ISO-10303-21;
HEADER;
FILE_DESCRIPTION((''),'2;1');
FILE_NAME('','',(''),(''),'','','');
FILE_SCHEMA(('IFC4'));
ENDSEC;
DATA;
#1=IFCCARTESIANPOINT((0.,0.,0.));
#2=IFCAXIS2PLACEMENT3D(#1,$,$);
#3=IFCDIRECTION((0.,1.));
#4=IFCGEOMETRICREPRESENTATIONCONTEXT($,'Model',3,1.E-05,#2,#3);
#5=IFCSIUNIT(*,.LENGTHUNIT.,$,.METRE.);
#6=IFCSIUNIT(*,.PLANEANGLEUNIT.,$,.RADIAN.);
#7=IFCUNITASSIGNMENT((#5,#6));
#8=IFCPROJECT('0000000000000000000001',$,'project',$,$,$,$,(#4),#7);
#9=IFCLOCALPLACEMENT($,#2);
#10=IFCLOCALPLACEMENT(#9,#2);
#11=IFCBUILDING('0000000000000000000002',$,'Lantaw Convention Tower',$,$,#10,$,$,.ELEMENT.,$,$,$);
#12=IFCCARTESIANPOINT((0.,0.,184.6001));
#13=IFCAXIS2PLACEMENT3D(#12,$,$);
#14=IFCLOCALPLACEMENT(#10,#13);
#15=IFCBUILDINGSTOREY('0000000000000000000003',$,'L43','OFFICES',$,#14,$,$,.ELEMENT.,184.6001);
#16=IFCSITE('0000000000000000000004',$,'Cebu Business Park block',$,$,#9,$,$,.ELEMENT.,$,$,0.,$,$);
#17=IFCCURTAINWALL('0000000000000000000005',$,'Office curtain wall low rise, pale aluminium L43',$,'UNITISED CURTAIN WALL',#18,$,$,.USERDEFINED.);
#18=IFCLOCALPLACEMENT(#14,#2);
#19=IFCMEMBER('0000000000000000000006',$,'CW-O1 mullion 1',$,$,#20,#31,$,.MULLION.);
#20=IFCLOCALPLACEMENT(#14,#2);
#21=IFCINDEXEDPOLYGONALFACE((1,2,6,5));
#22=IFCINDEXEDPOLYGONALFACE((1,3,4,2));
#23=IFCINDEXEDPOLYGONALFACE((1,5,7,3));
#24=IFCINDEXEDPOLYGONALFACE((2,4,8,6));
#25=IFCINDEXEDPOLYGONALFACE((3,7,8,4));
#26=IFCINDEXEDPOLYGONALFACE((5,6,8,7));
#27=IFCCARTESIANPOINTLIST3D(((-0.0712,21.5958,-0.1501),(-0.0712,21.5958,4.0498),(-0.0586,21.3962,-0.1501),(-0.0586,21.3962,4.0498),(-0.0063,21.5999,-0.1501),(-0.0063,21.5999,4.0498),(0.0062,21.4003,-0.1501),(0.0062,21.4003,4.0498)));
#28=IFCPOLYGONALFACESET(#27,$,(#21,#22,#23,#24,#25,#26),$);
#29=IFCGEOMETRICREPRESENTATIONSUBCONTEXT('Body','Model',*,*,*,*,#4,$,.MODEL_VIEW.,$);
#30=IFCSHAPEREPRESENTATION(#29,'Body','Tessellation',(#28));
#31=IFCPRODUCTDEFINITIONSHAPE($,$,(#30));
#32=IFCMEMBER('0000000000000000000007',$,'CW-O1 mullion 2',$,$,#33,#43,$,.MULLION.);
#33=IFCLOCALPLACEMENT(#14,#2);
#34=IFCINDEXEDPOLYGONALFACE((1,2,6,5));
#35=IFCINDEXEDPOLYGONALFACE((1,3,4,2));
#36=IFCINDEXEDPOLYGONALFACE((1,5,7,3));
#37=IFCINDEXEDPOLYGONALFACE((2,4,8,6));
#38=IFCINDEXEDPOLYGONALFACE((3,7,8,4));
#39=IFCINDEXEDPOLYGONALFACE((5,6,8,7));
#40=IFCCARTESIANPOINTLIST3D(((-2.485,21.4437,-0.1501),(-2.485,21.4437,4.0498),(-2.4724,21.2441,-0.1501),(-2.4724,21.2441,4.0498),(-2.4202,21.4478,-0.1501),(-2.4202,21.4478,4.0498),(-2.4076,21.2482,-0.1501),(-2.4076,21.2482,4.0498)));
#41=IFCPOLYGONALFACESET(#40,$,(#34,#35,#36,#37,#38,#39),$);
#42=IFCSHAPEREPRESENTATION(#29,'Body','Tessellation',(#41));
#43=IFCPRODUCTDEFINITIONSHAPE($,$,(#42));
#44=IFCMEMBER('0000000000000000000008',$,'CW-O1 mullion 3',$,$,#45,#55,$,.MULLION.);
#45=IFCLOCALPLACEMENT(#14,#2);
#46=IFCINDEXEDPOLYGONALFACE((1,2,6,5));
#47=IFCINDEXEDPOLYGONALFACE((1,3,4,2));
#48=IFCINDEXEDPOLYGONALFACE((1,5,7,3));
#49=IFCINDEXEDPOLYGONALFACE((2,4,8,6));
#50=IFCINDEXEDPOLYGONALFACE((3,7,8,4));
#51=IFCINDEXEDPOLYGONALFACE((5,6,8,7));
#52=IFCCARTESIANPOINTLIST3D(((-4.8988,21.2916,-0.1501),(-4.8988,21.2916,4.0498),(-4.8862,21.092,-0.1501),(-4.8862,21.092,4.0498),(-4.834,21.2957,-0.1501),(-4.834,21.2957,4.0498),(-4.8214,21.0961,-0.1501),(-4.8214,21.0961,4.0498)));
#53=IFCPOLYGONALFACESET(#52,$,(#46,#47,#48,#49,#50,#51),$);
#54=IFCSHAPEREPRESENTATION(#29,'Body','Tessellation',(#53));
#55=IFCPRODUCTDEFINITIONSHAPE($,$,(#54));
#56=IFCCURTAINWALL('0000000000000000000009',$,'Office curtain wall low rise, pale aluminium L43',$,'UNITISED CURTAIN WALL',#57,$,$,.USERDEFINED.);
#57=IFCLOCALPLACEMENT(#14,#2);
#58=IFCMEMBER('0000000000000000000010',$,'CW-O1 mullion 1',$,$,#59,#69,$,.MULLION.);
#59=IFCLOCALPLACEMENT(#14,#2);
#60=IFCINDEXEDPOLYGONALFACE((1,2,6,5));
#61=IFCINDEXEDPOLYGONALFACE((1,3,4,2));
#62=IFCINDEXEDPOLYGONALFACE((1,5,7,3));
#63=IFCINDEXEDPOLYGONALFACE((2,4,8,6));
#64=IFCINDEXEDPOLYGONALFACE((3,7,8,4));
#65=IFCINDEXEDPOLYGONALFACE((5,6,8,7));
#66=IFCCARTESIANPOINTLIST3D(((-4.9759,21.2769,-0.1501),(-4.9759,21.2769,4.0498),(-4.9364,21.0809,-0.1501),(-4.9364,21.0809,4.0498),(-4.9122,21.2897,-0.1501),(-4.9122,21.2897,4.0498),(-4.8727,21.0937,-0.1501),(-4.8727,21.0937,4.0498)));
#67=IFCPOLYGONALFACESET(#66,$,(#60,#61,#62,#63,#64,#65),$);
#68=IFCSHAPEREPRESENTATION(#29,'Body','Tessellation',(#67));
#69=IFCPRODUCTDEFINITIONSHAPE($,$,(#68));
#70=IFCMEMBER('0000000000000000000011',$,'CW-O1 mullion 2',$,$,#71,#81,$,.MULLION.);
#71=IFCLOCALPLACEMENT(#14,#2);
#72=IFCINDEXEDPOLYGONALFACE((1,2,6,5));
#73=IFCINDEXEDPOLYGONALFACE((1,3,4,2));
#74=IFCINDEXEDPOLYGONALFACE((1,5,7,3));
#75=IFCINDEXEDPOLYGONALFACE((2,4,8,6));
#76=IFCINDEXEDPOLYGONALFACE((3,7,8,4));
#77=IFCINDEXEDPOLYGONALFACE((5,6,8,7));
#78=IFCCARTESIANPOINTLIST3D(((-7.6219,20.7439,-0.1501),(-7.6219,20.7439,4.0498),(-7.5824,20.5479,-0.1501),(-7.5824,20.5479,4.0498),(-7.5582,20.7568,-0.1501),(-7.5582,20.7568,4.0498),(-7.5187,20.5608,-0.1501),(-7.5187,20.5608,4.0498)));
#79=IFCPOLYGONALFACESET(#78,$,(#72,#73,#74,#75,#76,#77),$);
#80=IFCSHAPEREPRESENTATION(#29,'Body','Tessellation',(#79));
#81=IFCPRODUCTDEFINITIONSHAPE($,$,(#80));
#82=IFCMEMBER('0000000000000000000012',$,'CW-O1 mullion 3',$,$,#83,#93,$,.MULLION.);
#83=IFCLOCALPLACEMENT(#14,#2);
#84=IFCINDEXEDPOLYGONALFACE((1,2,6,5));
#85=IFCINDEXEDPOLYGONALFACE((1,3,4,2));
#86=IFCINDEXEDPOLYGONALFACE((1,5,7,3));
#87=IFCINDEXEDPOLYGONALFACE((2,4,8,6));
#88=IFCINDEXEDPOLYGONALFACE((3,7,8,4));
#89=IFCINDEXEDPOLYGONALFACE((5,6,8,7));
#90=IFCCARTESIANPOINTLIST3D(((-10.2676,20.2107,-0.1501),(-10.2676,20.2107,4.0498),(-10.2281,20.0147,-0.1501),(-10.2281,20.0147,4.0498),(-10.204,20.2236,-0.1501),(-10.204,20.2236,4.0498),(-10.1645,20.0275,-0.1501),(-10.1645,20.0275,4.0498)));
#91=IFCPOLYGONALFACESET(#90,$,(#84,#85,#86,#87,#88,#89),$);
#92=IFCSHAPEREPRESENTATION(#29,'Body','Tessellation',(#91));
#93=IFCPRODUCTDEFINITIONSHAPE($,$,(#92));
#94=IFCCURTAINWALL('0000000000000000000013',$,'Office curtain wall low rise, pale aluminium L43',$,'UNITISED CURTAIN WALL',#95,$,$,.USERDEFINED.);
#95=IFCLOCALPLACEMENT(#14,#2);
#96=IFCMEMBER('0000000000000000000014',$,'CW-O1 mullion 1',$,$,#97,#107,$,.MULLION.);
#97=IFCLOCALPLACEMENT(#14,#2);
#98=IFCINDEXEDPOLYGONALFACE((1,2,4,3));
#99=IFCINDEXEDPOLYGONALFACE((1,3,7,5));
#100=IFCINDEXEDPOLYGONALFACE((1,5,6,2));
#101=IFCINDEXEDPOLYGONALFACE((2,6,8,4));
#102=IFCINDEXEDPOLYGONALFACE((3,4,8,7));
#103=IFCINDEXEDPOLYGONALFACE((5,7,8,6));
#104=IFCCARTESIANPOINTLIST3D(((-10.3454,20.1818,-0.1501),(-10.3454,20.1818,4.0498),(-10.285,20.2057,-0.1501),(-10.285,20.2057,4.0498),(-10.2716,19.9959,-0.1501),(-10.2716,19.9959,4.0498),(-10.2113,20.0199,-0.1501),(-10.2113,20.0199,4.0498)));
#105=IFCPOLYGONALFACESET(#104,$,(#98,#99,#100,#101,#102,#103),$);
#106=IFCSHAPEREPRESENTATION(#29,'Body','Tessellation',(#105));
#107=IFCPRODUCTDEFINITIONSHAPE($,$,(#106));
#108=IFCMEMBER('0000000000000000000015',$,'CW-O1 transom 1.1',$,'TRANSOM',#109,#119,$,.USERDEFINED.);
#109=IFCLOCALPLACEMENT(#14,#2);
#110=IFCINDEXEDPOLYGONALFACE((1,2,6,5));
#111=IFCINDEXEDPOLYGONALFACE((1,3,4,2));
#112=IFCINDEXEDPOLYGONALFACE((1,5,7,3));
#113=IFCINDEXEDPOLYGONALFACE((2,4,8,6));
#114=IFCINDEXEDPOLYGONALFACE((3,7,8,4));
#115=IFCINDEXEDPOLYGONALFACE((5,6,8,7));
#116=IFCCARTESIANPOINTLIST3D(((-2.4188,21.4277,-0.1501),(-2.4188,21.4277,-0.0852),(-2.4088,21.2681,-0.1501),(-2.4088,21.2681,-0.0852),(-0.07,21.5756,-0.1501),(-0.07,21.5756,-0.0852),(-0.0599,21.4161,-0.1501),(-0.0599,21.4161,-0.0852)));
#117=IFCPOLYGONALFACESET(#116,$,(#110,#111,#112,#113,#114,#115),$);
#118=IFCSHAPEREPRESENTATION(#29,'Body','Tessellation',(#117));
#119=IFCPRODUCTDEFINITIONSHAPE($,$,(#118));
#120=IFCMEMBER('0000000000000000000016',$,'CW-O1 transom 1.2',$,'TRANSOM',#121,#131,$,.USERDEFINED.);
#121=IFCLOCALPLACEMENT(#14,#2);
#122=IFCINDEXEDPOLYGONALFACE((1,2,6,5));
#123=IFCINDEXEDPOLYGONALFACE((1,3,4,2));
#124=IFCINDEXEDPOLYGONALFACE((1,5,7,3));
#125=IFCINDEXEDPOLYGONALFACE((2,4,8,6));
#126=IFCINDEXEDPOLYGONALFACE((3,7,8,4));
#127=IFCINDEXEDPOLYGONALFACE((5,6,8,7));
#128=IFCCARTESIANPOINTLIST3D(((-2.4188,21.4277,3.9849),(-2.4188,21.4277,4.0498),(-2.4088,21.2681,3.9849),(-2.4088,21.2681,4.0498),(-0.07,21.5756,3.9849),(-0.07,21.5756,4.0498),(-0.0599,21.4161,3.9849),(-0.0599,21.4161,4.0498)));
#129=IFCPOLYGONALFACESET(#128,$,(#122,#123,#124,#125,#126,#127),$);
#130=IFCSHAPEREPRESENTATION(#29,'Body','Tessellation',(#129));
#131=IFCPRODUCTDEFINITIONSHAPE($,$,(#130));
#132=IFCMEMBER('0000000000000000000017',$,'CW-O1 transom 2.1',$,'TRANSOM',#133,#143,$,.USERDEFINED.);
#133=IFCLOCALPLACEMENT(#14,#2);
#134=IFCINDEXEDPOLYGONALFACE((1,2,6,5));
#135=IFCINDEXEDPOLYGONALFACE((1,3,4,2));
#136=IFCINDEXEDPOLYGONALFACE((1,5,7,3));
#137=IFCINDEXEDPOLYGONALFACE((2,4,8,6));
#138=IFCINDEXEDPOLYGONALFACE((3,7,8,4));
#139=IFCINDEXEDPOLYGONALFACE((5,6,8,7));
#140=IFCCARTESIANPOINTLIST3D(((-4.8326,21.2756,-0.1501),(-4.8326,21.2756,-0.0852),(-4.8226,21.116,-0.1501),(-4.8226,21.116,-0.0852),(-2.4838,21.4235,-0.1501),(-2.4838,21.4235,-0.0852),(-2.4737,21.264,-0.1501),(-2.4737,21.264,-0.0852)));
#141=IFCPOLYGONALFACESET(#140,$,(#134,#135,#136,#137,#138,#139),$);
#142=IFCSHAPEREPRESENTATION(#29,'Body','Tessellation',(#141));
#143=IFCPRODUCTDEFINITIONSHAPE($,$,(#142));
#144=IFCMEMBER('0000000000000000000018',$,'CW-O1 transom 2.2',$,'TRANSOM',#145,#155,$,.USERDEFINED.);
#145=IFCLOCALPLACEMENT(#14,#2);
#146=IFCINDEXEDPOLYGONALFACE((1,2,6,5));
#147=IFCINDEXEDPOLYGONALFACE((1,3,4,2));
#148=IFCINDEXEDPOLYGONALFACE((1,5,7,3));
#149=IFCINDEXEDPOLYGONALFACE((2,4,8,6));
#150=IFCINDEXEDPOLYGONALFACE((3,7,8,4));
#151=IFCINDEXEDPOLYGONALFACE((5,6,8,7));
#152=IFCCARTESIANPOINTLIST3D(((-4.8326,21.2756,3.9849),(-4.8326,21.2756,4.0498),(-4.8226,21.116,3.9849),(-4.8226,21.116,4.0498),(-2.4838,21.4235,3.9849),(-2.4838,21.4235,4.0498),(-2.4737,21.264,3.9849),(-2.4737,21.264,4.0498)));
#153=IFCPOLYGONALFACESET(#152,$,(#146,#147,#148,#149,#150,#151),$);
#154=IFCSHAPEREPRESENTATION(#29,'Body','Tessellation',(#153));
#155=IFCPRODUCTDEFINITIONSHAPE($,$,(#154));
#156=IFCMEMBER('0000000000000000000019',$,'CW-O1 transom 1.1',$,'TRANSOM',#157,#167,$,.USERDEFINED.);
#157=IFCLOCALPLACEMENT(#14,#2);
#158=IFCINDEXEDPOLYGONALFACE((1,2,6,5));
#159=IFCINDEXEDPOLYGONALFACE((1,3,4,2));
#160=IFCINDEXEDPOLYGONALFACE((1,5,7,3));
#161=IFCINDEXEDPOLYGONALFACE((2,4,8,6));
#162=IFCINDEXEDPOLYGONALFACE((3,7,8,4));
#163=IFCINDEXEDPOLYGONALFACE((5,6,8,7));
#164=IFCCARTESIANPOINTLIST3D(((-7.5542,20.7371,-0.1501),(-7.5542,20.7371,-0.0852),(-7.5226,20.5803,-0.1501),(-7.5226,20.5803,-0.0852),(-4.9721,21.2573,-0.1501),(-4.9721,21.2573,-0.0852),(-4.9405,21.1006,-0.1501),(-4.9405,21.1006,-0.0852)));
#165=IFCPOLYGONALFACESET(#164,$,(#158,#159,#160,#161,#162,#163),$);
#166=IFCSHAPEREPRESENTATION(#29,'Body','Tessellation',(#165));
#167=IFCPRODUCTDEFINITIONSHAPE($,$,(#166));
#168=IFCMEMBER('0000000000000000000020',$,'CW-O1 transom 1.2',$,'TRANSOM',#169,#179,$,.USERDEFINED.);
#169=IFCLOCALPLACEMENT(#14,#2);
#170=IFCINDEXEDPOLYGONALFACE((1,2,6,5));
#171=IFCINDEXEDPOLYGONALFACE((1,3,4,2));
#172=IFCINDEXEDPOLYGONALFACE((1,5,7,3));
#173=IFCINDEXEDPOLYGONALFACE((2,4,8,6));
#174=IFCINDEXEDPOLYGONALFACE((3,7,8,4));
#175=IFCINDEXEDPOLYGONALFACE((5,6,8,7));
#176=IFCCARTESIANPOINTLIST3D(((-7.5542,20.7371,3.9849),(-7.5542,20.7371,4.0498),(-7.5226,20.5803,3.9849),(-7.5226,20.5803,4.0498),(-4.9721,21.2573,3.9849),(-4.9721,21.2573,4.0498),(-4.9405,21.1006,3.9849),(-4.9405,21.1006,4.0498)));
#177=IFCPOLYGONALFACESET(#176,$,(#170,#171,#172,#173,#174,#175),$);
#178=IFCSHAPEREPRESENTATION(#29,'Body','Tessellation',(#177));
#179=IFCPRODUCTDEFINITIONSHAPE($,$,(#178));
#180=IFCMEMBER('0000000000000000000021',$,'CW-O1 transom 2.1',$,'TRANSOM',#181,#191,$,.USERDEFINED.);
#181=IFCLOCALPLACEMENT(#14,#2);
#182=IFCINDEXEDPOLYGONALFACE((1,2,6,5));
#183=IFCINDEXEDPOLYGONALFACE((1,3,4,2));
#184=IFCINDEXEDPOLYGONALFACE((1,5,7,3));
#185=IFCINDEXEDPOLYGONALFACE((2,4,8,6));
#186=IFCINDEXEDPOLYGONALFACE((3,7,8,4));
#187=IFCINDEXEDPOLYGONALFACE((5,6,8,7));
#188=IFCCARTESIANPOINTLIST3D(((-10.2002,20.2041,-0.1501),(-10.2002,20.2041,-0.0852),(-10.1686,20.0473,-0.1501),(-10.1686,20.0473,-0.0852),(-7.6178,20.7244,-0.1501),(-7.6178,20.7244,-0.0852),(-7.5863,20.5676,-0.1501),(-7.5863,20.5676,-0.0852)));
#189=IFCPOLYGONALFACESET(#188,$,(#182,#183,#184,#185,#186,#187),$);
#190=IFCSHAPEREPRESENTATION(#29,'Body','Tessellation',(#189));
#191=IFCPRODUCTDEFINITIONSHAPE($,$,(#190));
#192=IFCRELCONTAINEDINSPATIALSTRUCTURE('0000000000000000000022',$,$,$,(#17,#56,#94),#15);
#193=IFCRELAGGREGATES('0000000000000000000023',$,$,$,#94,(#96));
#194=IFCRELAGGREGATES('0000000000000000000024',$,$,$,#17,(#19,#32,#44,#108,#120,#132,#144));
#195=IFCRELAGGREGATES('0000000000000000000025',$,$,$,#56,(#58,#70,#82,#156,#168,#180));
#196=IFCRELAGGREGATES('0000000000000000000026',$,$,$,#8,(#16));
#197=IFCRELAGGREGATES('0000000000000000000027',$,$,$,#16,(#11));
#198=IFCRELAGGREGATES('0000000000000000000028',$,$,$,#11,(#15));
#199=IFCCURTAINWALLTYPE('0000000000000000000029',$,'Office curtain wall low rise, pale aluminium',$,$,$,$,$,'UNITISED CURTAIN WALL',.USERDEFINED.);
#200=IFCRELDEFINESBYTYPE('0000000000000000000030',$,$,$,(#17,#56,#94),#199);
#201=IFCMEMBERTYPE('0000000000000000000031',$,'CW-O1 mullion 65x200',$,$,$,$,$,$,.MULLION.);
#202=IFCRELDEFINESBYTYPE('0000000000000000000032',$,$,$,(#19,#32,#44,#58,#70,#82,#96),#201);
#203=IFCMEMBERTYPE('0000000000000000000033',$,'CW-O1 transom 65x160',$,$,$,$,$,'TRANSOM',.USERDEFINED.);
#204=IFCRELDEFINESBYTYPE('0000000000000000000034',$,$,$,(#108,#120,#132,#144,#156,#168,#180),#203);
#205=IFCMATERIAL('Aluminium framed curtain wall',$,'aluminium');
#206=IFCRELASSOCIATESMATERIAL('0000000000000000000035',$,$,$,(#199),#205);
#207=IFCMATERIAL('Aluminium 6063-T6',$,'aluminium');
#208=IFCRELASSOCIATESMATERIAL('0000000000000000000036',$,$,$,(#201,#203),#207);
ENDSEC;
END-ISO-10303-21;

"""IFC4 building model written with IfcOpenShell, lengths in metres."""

from ifc_helpers import new_model, si_unit, direction, frame, origin, origin_2d, place, context, subcontext, project, spatial, rectangle, extrude, material, material_profile, profile_set, type_object, element, aggregate, save


model = new_model("IFC4")

# Units and contexts
model_context = context("Model", 3, precision=1e-05, world=origin(), true_north=direction((0.0, 1.0)))
body_context = subcontext(model_context, "Body", "Model", "MODEL_VIEW")
ifc_project = project(units=[si_unit("LENGTHUNIT", "METRE"), si_unit("PLANEANGLEUNIT", "RADIAN")], contexts=[model_context])

# Site, building, storey
site_placement = place(None, origin())
site = spatial("IfcSite", under=ifc_project, at=site_placement, Name="Cebu Business Park block", CompositionType="ELEMENT", RefElevation=0.0)
building_placement = place(site_placement, origin())
building = spatial("IfcBuilding", under=site, at=building_placement, Name="Lantaw Convention Tower", CompositionType="ELEMENT")
storey_placement = place(building_placement, frame((0.0, 0.0, 184.6001)))
storey = spatial("IfcBuildingStorey", under=building, at=storey_placement, Name="L43", Description="OFFICES", CompositionType="ELEMENT", Elevation=184.6001)

# Curtain walls, members
ifc_material_1 = material(Name="Aluminium framed curtain wall", Category="aluminium")
curtain_wall_type = type_object("IfcCurtainWallType", Name="Office curtain wall low rise, pale aluminium", ElementType="UNITISED CURTAIN WALL", PredefinedType="USERDEFINED", material=ifc_material_1)
curtain_wall_1_placement = place(storey_placement, origin())
curtain_wall_1 = element("IfcCurtainWall", 1, at=curtain_wall_1_placement, inside=storey, type_object=curtain_wall_type, Name="Office curtain wall low rise, pale aluminium L43", ObjectType="UNITISED CURTAIN WALL", PredefinedType="USERDEFINED")
ifc_material_2 = material(Name="Aluminium 6063-T6", Category="aluminium")
ifc_material_profile_1 = material_profile(ifc_material_2, rectangle(XDim=0.2, YDim=0.0649, at=origin_2d()), Name="CW-O1 mullion 65x200")
ifc_profile_set_1 = profile_set([ifc_material_profile_1], Name="Aluminium 6063-T6")
member_type_1 = type_object("IfcMemberType", Name="CW-O1 mullion 65x200", PredefinedType="MULLION", material=ifc_profile_set_1)
member_1_placement = place(storey_placement, frame((-0.0325, 21.498, -0.1501), z_axis=(0.0, 0.0, 1.0), x_axis=(0.062865, -0.998022, 0.0)))
member_1 = element("IfcMember", 2, at=member_1_placement, type_object=member_type_1, Name="CW-O1 mullion 1", PredefinedType="MULLION", context=body_context, shape_type="SweptSolid", body=[
    extrude(rectangle(XDim=0.2, YDim=0.0649, at=origin_2d()), origin(), (0.0, 0.0, 1.0), 4.2),
])
member_2_placement = place(storey_placement, frame((-2.4463, 21.3459, -0.1501), z_axis=(0.0, 0.0, 1.0), x_axis=(0.062865, -0.998022, 0.0)))
member_2 = element("IfcMember", 3, at=member_2_placement, type_object=member_type_1, Name="CW-O1 mullion 2", PredefinedType="MULLION", context=body_context, shape_type="SweptSolid", body=[
    extrude(rectangle(XDim=0.2, YDim=0.0649, at=origin_2d()), origin(), (0.0, 0.0, 1.0), 4.2),
])
member_3_placement = place(storey_placement, frame((-4.8601, 21.1938, -0.1501), z_axis=(0.0, 0.0, 1.0), x_axis=(0.062865, -0.998022, 0.0)))
member_3 = element("IfcMember", 4, at=member_3_placement, type_object=member_type_1, Name="CW-O1 mullion 3", PredefinedType="MULLION", context=body_context, shape_type="SweptSolid", body=[
    extrude(rectangle(XDim=0.2, YDim=0.0649, at=origin_2d()), origin(), (0.0, 0.0, 1.0), 4.2),
])
curtain_wall_2_placement = place(storey_placement, origin())
curtain_wall_2 = element("IfcCurtainWall", 5, at=curtain_wall_2_placement, inside=storey, type_object=curtain_wall_type, Name="Office curtain wall low rise, pale aluminium L43", ObjectType="UNITISED CURTAIN WALL", PredefinedType="USERDEFINED")
member_4_placement = place(storey_placement, frame((-4.9243, 21.1853, -0.1501), z_axis=(0.0, 0.0, 1.0), x_axis=(0.197507, -0.980302, 0.0)))
member_4 = element("IfcMember", 6, at=member_4_placement, type_object=member_type_1, Name="CW-O1 mullion 1", PredefinedType="MULLION", context=body_context, shape_type="SweptSolid", body=[
    extrude(rectangle(XDim=0.2, YDim=0.0649, at=origin_2d()), origin(), (0.0, 0.0, 1.0), 4.2),
])
member_5_placement = place(storey_placement, frame((-7.5703, 20.6523, -0.1501), z_axis=(0.0, 0.0, 1.0), x_axis=(0.197507, -0.980302, 0.0)))
member_5 = element("IfcMember", 7, at=member_5_placement, type_object=member_type_1, Name="CW-O1 mullion 2", PredefinedType="MULLION", context=body_context, shape_type="SweptSolid", body=[
    extrude(rectangle(XDim=0.2, YDim=0.0649, at=origin_2d()), origin(), (0.0, 0.0, 1.0), 4.2),
])
member_6_placement = place(storey_placement, frame((-10.2161, 20.1191, -0.1501), z_axis=(0.0, 0.0, 1.0), x_axis=(0.197507, -0.980302, 0.0)))
member_6 = element("IfcMember", 8, at=member_6_placement, type_object=member_type_1, Name="CW-O1 mullion 3", PredefinedType="MULLION", context=body_context, shape_type="SweptSolid", body=[
    extrude(rectangle(XDim=0.2, YDim=0.0649, at=origin_2d()), origin(), (0.0, 0.0, 1.0), 4.2),
])

# Curtain wall, member
curtain_wall_3_placement = place(storey_placement, origin())
curtain_wall_3 = element("IfcCurtainWall", 9, at=curtain_wall_3_placement, inside=storey, type_object=curtain_wall_type, Name="Office curtain wall low rise, pale aluminium L43", ObjectType="UNITISED CURTAIN WALL", PredefinedType="USERDEFINED")
member_7_placement = place(storey_placement, frame((-10.2783, 20.1008, -0.1501), z_axis=(0.0, 0.0, 1.0), x_axis=(0.368702, -0.929548, 0.0)))
member_7 = element("IfcMember", 10, at=member_7_placement, type_object=member_type_1, Name="CW-O1 mullion 1", PredefinedType="MULLION", context=body_context, shape_type="SweptSolid", body=[
    extrude(rectangle(XDim=0.2, YDim=0.0649, at=origin_2d()), origin(), (0.0, 0.0, 1.0), 4.2),
])

# Members
ifc_material_profile_2 = material_profile(ifc_material_2, rectangle(XDim=0.1599, YDim=0.0649, at=origin_2d()), Name="CW-O1 transom 65x160")
ifc_profile_set_2 = profile_set([ifc_material_profile_2], Name="Aluminium 6063-T6")
member_type_2 = type_object("IfcMemberType", Name="CW-O1 transom 65x160", ElementType="TRANSOM", PredefinedType="USERDEFINED", material=ifc_profile_set_2)
member_8_placement = place(storey_placement, frame((-0.0649, 21.4958, -0.1177), z_axis=(-0.998022, -0.062863, 0.0), x_axis=(0.062863, -0.998022, 0.0)))
member_8 = element("IfcMember", 11, at=member_8_placement, type_object=member_type_2, Name="CW-O1 transom 1.1", ObjectType="TRANSOM", PredefinedType="USERDEFINED", context=body_context, shape_type="SweptSolid", body=[
    extrude(rectangle(XDim=0.1599, YDim=0.0649, at=origin_2d()), origin(), (0.0, 0.0, 1.0), 2.3535),
])
member_9_placement = place(storey_placement, frame((-0.0649, 21.4958, 4.0173), z_axis=(-0.998022, -0.062863, 0.0), x_axis=(0.062863, -0.998022, 0.0)))
member_9 = element("IfcMember", 12, at=member_9_placement, type_object=member_type_2, Name="CW-O1 transom 1.2", ObjectType="TRANSOM", PredefinedType="USERDEFINED", context=body_context, shape_type="SweptSolid", body=[
    extrude(rectangle(XDim=0.1599, YDim=0.0649, at=origin_2d()), origin(), (0.0, 0.0, 1.0), 2.3535),
])
member_10_placement = place(storey_placement, frame((-2.4788, 21.3438, -0.1177), z_axis=(-0.998022, -0.062863, 0.0), x_axis=(0.062863, -0.998022, 0.0)))
member_10 = element("IfcMember", 13, at=member_10_placement, type_object=member_type_2, Name="CW-O1 transom 2.1", ObjectType="TRANSOM", PredefinedType="USERDEFINED", context=body_context, shape_type="SweptSolid", body=[
    extrude(rectangle(XDim=0.1599, YDim=0.0649, at=origin_2d()), origin(), (0.0, 0.0, 1.0), 2.3535),
])
member_11_placement = place(storey_placement, frame((-2.4788, 21.3438, 4.0173), z_axis=(-0.998022, -0.062863, 0.0), x_axis=(0.062863, -0.998022, 0.0)))
member_11 = element("IfcMember", 14, at=member_11_placement, type_object=member_type_2, Name="CW-O1 transom 2.2", ObjectType="TRANSOM", PredefinedType="USERDEFINED", context=body_context, shape_type="SweptSolid", body=[
    extrude(rectangle(XDim=0.1599, YDim=0.0649, at=origin_2d()), origin(), (0.0, 0.0, 1.0), 2.3535),
])
member_12_placement = place(storey_placement, frame((-4.9563, 21.179, -0.1177), z_axis=(-0.980298, -0.197524, 0.0), x_axis=(0.197524, -0.980298, 0.0)))
member_12 = element("IfcMember", 15, at=member_12_placement, type_object=member_type_2, Name="CW-O1 transom 1.1", ObjectType="TRANSOM", PredefinedType="USERDEFINED", context=body_context, shape_type="SweptSolid", body=[
    extrude(rectangle(XDim=0.1599, YDim=0.0649, at=origin_2d()), origin(), (0.0, 0.0, 1.0), 2.634),
])
member_13_placement = place(storey_placement, frame((-4.9563, 21.179, 4.0173), z_axis=(-0.980298, -0.197524, 0.0), x_axis=(0.197524, -0.980298, 0.0)))
member_13 = element("IfcMember", 16, at=member_13_placement, type_object=member_type_2, Name="CW-O1 transom 1.2", ObjectType="TRANSOM", PredefinedType="USERDEFINED", context=body_context, shape_type="SweptSolid", body=[
    extrude(rectangle(XDim=0.1599, YDim=0.0649, at=origin_2d()), origin(), (0.0, 0.0, 1.0), 2.634),
])
member_14_placement = place(storey_placement, frame((-7.6021, 20.646, -0.1177), z_axis=(-0.980302, -0.197506, 0.0), x_axis=(0.197506, -0.980302, 0.0)))
member_14 = element("IfcMember", 17, at=member_14_placement, type_object=member_type_2, Name="CW-O1 transom 2.1", ObjectType="TRANSOM", PredefinedType="USERDEFINED", context=body_context, shape_type="SweptSolid", body=[
    extrude(rectangle(XDim=0.1599, YDim=0.0649, at=origin_2d()), origin(), (0.0, 0.0, 1.0), 2.6343),
])
aggregate(curtain_wall_3, [member_7])

aggregate(curtain_wall_1, [member_1, member_2, member_3, member_8, member_9, member_10, member_11])
aggregate(curtain_wall_2, [member_4, member_5, member_6, member_12, member_13, member_14])

save(model, "model.ifc")
